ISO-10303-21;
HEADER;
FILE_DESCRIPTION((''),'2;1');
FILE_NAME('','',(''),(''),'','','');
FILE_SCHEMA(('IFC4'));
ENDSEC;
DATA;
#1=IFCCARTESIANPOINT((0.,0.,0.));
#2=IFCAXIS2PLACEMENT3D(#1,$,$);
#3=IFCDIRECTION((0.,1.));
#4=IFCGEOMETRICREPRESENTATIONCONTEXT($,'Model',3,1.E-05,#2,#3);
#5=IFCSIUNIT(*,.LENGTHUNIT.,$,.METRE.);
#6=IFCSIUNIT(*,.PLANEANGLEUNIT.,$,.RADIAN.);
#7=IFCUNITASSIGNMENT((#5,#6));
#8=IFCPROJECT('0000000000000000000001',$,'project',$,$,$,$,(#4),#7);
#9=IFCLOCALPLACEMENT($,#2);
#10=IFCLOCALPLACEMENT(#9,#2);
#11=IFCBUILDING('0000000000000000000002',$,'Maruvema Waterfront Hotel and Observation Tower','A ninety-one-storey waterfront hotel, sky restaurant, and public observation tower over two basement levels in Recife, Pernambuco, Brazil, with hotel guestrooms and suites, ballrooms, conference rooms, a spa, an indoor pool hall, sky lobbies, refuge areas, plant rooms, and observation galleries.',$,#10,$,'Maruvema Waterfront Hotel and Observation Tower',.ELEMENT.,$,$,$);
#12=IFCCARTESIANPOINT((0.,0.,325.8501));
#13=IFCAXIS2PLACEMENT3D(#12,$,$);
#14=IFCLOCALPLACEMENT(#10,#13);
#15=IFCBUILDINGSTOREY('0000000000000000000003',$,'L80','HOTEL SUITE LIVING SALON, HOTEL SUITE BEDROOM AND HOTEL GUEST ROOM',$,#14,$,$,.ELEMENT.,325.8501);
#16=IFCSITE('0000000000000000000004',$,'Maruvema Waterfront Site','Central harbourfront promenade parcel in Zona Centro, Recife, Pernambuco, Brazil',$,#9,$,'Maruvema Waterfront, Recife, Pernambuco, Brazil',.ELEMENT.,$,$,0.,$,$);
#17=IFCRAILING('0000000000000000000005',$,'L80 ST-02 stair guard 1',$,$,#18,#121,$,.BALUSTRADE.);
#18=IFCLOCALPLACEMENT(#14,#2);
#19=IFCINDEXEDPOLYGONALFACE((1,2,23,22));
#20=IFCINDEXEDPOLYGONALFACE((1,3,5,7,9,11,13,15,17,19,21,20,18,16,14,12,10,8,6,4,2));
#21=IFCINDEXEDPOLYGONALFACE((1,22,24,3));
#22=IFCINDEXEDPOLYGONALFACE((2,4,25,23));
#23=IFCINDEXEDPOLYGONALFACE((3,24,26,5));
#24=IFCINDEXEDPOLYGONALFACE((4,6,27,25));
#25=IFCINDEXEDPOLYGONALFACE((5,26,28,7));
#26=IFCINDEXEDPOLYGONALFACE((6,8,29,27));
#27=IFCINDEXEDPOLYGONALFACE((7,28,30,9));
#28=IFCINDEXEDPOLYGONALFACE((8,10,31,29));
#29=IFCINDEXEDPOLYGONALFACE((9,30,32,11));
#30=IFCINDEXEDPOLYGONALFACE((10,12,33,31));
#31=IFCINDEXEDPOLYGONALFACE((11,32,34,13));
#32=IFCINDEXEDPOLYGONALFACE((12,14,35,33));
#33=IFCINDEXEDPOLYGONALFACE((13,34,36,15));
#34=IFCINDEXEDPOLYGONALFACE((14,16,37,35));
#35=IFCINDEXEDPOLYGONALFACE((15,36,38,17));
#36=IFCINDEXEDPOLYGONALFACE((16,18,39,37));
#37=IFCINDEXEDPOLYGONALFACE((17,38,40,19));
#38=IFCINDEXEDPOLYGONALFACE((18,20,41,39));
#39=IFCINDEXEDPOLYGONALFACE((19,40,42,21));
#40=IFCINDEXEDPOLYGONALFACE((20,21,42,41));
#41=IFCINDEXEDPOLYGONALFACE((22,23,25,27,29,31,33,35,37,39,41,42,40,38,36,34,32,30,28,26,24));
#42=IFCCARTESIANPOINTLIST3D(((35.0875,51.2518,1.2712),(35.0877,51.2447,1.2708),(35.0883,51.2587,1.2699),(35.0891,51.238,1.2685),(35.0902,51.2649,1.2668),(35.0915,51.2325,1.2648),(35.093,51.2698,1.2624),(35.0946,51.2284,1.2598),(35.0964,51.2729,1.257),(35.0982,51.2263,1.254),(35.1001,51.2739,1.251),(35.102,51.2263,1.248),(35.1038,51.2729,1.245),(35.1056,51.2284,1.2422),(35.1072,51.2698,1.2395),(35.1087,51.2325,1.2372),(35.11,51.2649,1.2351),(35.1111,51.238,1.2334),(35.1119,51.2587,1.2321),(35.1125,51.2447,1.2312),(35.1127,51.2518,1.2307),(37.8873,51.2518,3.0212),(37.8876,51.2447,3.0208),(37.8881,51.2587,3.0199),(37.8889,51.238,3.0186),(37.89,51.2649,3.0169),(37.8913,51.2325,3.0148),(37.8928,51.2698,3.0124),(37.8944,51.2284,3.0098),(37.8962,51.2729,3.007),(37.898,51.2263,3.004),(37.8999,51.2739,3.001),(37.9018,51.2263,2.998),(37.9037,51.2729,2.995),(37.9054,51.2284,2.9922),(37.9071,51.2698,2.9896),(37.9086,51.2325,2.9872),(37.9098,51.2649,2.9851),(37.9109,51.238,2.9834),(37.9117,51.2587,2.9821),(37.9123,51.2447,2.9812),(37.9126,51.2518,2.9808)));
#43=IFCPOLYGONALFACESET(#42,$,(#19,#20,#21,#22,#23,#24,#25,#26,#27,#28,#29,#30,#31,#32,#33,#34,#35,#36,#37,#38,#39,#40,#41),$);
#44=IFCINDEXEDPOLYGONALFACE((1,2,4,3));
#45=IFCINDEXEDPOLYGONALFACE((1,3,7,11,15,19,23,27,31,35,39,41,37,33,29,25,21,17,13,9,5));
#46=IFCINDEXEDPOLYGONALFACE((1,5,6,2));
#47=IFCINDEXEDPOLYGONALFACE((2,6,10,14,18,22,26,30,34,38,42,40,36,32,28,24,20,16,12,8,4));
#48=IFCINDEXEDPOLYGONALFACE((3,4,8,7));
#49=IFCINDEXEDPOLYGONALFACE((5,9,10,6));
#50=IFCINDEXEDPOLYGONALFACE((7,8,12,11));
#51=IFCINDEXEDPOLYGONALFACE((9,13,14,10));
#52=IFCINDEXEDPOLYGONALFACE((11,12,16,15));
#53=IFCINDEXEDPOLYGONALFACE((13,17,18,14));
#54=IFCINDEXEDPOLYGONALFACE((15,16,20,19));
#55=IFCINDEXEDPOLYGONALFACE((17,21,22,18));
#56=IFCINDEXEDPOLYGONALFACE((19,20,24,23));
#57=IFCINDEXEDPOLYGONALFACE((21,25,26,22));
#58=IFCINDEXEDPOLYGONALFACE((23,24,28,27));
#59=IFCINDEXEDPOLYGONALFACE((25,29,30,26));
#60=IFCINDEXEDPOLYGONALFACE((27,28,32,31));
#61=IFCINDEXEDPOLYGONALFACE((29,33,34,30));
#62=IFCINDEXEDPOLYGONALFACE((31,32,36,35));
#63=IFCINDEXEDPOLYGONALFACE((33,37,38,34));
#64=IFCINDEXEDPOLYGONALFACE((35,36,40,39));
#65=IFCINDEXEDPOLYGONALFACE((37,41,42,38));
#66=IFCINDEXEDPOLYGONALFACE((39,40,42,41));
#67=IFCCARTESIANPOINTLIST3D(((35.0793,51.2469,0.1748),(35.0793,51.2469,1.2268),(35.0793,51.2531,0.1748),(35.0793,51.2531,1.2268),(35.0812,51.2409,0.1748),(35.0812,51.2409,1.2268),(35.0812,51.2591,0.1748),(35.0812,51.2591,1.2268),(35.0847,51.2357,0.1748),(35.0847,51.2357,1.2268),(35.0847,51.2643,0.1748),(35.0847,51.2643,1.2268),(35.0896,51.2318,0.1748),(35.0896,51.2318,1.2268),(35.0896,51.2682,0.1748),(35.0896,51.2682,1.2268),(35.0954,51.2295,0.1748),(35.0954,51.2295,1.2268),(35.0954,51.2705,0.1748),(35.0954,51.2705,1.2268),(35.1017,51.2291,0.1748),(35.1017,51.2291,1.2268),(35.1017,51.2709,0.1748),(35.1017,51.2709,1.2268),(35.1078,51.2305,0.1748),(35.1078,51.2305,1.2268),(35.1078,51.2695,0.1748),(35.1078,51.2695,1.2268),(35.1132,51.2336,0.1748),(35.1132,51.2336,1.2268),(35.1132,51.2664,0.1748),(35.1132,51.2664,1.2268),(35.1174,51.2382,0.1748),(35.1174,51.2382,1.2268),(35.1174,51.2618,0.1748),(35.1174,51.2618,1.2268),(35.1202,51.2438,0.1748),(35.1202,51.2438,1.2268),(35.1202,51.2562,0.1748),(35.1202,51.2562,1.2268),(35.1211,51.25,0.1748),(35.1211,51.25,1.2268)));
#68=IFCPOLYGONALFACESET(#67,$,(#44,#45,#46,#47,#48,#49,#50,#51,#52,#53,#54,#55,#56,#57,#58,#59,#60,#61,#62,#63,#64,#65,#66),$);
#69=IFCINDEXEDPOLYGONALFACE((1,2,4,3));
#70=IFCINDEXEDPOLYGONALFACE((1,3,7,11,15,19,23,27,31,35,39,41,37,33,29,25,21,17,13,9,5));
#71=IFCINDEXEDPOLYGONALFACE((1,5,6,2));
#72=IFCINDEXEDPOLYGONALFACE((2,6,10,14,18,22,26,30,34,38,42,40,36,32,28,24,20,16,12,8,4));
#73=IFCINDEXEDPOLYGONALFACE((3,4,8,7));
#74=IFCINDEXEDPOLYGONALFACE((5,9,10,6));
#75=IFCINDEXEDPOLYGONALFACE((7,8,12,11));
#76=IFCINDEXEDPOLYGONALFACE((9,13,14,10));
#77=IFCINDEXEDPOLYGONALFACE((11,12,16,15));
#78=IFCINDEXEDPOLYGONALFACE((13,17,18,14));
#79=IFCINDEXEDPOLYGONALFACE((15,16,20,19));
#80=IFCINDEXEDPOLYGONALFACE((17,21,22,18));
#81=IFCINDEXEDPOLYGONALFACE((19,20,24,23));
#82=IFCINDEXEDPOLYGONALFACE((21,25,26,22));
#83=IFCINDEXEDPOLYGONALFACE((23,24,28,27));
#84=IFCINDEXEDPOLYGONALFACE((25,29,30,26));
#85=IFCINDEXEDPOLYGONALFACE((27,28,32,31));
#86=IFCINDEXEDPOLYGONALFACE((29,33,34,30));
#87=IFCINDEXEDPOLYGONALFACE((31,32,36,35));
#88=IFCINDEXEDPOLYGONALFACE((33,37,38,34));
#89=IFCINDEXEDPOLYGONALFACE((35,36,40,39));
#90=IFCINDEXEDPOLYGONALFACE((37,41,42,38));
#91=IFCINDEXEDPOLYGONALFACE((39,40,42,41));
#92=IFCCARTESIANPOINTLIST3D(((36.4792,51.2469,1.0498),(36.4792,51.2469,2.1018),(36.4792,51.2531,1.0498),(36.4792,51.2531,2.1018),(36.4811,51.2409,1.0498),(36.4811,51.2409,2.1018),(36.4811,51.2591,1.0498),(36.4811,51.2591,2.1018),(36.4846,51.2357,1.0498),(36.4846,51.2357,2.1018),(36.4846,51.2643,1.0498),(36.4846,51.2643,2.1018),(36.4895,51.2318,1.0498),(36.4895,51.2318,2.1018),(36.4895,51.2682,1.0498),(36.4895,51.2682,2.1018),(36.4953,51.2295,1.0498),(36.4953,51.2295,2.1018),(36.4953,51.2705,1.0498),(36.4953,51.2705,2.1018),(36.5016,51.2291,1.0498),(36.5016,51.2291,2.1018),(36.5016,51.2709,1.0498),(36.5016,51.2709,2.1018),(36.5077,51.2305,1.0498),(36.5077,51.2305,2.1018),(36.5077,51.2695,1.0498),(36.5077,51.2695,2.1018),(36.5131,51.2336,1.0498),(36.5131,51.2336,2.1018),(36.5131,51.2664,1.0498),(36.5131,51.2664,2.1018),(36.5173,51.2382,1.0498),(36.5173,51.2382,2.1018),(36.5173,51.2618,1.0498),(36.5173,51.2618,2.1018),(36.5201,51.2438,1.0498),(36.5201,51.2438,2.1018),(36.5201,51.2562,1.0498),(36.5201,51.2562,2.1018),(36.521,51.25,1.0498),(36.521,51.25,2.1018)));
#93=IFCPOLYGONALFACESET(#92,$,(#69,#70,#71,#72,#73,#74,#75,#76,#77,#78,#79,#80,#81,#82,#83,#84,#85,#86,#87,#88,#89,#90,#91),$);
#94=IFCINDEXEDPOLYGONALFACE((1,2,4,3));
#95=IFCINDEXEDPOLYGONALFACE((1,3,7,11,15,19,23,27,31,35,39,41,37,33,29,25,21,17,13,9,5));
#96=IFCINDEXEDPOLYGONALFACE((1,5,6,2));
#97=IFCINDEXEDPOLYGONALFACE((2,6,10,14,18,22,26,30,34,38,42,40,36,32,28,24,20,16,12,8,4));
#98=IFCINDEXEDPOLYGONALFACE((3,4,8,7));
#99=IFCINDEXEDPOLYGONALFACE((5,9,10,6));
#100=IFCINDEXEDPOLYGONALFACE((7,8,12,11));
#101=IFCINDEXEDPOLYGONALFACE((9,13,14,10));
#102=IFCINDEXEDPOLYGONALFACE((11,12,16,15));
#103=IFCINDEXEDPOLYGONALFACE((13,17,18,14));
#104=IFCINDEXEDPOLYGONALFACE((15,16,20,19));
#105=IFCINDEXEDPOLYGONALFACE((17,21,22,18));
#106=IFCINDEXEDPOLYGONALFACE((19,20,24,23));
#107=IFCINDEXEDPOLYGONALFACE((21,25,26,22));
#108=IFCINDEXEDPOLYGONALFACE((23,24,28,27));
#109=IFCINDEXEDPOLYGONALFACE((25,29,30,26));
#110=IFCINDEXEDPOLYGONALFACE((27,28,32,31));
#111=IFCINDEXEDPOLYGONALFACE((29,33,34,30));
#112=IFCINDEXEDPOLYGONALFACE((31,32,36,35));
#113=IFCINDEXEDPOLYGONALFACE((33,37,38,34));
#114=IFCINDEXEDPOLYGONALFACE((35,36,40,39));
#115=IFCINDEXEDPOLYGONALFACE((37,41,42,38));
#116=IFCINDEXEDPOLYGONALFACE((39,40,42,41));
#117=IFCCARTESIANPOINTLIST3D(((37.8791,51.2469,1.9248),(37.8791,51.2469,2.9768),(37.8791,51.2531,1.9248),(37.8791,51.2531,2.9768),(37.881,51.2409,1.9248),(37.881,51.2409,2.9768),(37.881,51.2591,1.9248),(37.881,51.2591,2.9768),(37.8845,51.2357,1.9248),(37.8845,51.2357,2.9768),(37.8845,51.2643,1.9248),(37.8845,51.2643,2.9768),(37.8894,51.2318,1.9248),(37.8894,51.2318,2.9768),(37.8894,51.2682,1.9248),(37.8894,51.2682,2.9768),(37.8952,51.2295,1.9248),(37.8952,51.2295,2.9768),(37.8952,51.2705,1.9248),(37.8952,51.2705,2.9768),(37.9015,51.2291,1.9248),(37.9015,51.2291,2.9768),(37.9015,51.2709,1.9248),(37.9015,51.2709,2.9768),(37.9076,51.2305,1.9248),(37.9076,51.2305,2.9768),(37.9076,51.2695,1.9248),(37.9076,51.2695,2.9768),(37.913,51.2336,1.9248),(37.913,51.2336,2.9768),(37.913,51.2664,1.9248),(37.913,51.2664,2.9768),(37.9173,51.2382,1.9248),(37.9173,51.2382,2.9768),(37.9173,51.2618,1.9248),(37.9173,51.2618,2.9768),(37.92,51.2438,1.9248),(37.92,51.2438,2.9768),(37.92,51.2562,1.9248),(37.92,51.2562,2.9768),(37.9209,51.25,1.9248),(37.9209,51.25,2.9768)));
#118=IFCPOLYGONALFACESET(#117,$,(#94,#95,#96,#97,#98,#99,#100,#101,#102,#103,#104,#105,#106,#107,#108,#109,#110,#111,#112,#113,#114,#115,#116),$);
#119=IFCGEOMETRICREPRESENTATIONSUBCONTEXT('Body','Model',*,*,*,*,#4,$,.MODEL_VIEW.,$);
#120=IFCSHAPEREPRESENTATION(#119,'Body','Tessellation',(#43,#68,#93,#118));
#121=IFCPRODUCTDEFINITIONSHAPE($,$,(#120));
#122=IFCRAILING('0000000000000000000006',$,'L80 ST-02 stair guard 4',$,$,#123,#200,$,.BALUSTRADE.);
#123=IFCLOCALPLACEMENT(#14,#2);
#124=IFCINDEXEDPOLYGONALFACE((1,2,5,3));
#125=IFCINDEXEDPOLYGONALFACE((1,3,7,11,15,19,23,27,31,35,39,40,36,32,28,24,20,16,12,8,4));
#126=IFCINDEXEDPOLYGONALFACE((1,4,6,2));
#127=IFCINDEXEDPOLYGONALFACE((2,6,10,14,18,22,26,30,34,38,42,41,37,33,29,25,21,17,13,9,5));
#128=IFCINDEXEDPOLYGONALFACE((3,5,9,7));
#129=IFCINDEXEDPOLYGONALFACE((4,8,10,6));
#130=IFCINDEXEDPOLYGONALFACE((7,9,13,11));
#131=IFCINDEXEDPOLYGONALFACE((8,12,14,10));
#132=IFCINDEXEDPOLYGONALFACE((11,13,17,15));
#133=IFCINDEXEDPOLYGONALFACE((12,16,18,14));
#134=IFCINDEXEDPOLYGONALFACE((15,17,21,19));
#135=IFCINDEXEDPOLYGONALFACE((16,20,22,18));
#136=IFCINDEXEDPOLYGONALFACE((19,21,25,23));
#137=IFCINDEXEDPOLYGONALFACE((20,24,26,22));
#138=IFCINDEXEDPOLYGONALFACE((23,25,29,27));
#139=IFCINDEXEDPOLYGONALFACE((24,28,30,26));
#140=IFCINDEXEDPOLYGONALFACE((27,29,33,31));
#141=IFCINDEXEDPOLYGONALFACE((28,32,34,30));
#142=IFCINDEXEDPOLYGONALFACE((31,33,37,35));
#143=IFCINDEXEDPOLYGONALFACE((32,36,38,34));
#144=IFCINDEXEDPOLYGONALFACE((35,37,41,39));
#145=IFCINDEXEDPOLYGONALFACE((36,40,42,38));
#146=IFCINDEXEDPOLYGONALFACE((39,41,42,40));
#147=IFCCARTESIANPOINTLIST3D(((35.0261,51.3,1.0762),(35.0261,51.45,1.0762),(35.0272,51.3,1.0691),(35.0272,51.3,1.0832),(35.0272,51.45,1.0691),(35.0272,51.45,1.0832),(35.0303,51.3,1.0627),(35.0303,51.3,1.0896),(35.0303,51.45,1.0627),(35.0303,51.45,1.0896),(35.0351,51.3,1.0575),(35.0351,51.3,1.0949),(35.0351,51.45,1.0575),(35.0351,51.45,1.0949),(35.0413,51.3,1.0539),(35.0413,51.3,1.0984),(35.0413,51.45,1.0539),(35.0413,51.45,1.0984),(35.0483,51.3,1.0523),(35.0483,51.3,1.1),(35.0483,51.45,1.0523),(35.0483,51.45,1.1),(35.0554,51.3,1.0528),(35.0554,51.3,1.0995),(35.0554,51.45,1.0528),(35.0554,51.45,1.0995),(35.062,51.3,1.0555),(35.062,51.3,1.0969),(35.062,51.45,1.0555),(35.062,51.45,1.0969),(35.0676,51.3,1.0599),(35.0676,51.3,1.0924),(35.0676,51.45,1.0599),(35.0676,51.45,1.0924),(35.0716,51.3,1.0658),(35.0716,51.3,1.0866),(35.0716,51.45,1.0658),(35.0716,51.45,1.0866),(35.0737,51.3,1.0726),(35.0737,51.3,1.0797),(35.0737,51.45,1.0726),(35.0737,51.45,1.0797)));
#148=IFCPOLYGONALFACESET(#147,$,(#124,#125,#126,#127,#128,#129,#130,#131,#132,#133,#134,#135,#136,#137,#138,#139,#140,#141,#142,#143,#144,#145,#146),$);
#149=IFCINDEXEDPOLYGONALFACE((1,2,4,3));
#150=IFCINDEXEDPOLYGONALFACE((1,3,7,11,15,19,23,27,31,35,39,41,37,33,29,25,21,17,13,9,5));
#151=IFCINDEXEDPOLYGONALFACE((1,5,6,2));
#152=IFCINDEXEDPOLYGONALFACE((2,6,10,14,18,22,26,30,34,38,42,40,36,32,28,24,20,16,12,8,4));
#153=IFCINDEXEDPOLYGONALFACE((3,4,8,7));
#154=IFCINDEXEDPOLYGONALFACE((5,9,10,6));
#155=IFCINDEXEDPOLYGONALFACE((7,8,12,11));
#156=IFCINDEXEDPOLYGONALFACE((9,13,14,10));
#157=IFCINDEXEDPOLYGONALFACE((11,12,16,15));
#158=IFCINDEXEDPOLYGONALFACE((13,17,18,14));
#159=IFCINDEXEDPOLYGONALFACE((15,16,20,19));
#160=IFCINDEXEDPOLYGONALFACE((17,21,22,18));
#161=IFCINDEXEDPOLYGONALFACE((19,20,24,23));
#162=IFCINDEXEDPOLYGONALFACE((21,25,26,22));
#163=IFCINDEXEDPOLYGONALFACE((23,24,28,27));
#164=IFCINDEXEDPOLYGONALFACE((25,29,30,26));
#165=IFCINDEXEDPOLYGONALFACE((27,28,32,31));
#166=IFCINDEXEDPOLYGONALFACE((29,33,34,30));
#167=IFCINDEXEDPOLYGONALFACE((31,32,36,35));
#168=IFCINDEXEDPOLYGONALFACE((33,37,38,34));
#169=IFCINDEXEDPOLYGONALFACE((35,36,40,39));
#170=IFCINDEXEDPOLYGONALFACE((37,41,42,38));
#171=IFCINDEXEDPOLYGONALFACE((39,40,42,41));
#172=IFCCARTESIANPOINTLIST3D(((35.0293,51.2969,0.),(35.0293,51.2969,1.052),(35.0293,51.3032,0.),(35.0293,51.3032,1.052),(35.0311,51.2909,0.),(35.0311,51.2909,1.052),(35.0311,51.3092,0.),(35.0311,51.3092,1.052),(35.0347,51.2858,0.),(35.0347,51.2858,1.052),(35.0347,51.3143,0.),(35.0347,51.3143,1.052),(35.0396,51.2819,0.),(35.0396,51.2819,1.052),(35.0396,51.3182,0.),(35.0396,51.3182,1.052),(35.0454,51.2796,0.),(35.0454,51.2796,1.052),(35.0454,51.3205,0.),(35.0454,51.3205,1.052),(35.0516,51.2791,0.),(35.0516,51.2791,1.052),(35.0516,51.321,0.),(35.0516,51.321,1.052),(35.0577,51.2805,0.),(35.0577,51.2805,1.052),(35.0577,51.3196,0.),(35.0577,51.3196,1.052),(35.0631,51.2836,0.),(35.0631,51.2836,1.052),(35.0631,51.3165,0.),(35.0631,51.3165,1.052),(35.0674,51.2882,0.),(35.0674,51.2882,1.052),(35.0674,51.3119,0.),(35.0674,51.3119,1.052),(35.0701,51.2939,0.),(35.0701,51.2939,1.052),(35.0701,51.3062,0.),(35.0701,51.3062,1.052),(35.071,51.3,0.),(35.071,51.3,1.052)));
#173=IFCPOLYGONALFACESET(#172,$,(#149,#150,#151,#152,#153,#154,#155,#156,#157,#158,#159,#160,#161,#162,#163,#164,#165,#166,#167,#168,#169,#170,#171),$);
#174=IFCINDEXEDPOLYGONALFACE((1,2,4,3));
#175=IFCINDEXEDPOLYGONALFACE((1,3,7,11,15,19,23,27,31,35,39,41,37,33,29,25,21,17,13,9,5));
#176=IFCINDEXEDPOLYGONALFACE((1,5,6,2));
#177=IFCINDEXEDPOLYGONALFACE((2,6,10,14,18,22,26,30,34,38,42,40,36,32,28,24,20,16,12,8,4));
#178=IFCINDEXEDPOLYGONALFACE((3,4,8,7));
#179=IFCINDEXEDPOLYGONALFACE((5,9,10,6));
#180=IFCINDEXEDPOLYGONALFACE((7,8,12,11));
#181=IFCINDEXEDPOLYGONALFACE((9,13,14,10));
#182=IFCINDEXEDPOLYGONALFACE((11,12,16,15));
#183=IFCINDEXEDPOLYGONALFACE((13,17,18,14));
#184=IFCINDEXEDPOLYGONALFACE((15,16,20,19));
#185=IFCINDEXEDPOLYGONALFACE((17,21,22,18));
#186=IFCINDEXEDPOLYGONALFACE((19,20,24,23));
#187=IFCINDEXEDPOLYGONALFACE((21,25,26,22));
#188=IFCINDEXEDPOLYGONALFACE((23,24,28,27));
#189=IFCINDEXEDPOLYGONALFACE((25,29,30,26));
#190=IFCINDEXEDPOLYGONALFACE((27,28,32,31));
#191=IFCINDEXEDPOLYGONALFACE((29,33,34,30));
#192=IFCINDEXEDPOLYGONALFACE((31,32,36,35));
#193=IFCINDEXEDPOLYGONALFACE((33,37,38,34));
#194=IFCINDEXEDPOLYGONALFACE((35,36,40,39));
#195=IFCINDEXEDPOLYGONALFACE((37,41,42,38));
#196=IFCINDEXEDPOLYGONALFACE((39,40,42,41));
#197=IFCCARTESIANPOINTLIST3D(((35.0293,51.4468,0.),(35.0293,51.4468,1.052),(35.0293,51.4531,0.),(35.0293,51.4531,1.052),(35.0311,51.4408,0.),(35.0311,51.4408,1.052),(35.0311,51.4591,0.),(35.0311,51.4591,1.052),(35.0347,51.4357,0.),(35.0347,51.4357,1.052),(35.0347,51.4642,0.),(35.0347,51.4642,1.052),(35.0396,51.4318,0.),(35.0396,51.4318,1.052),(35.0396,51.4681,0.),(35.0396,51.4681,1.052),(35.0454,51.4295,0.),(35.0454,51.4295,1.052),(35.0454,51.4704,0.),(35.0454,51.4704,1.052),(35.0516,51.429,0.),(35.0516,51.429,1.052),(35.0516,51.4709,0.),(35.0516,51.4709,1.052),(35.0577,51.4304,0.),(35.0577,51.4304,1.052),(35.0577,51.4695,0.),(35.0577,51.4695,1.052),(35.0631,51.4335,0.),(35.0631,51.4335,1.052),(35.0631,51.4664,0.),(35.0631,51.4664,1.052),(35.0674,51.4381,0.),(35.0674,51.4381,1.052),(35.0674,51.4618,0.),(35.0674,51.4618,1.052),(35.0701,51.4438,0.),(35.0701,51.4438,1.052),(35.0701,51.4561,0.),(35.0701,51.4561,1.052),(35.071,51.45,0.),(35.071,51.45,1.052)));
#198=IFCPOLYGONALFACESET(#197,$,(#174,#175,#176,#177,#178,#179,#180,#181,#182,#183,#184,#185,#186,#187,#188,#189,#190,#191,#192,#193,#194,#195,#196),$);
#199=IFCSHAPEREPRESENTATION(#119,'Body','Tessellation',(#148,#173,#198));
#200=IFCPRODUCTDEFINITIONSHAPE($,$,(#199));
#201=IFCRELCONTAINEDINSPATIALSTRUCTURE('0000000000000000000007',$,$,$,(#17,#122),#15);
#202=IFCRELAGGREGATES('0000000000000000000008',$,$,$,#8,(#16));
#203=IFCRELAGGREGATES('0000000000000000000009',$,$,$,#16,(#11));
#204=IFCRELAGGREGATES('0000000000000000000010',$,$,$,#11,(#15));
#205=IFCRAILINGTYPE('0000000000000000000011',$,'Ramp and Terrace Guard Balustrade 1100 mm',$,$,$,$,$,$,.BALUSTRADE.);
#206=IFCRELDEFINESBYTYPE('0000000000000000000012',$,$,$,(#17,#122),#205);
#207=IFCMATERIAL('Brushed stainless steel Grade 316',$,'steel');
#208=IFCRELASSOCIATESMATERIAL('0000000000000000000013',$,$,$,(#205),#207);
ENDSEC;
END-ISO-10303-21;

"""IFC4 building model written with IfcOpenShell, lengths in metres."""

from ifc_helpers import new_model, si_unit, direction, frame, origin, origin_2d, place, context, subcontext, project, spatial, circle, extrude, material, type_object, element, save


model = new_model("IFC4")

# Units and contexts
model_context = context("Model", 3, precision=1e-05, world=origin(), true_north=direction((0.0, 1.0)))
body_context = subcontext(model_context, "Body", "Model", "MODEL_VIEW")
ifc_project = project(units=[si_unit("LENGTHUNIT", "METRE"), si_unit("PLANEANGLEUNIT", "RADIAN")], contexts=[model_context])

# Site, building, storey
site_placement = place(None, origin())
site = spatial("IfcSite", under=ifc_project, at=site_placement, Name="Maruvema Waterfront Site", Description="Central harbourfront promenade parcel in Zona Centro, Recife, Pernambuco, Brazil", LongName="Maruvema Waterfront, Recife, Pernambuco, Brazil", CompositionType="ELEMENT", RefElevation=0.0)
building_placement = place(site_placement, origin())
building = spatial("IfcBuilding", under=site, at=building_placement, Name="Maruvema Waterfront Hotel and Observation Tower", Description="A ninety-one-storey waterfront hotel, sky restaurant, and public observation tower over two basement levels in Recife, Pernambuco, Brazil, with hotel guestrooms and suites, ballrooms, conference rooms, a spa, an indoor pool hall, sky lobbies, refuge areas, plant rooms, and observation galleries.", LongName="Maruvema Waterfront Hotel and Observation Tower", CompositionType="ELEMENT")
storey_placement = place(building_placement, frame((0.0, 0.0, 325.8501)))
storey = spatial("IfcBuildingStorey", under=building, at=storey_placement, Name="L80", Description="HOTEL SUITE LIVING SALON, HOTEL SUITE BEDROOM AND HOTEL GUEST ROOM", CompositionType="ELEMENT", Elevation=325.8501)

# Railings
ifc_material_1 = material(Name="Brushed stainless steel Grade 316", Category="steel")
railing_type_1 = type_object("IfcRailingType", Name="Ramp and Terrace Guard Balustrade 1100 mm", PredefinedType="BALUSTRADE", material=ifc_material_1)
railing_1_placement = place(storey_placement, frame((35.1001, 51.25, 0.1748)))
element("IfcRailing", 1, at=railing_1_placement, inside=storey, type_object=railing_type_1, Name="L80 ST-02 stair guard 1", PredefinedType="BALUSTRADE", context=body_context, shape_type="SweptSolid", body=[
    extrude(circle(Radius=0.0239, at=origin_2d()), frame((0.0, 0.0, 1.0762), z_axis=(0.847982, 0.0, 0.530026), x_axis=(0.0, 1.0, 0.0)), (0.0, 0.0, 1.0), 3.3018),
    extrude(circle(Radius=0.021, at=origin_2d()), origin(), (0.0, 0.0, 1.0), 1.052),
    extrude(circle(Radius=0.021, at=origin_2d()), frame((1.3999, 0.0, 0.875)), (0.0, 0.0, 1.0), 1.052),
    extrude(circle(Radius=0.021, at=origin_2d()), frame((2.7998, 0.0, 1.75)), (0.0, 0.0, 1.0), 1.052),
])
railing_2_placement = place(storey_placement, frame((35.05, 51.3, 0.0)))
element("IfcRailing", 2, at=railing_2_placement, inside=storey, type_object=railing_type_1, Name="L80 ST-02 stair guard 4", PredefinedType="BALUSTRADE", context=body_context, shape_type="SweptSolid", body=[
    extrude(circle(Radius=0.0239, at=origin_2d()), frame((0.0, 0.0, 1.0762), z_axis=(0.0, 1.0, 0.0), x_axis=(-1.0, 0.0, 0.0)), (0.0, 0.0, 1.0), 0.1499),
    extrude(circle(Radius=0.021, at=origin_2d()), origin(), (0.0, 0.0, 1.0), 1.052),
    extrude(circle(Radius=0.021, at=origin_2d()), frame((0.0, 0.1499, 0.0)), (0.0, 0.0, 1.0), 1.052),
])

save(model, "model.ifc")
